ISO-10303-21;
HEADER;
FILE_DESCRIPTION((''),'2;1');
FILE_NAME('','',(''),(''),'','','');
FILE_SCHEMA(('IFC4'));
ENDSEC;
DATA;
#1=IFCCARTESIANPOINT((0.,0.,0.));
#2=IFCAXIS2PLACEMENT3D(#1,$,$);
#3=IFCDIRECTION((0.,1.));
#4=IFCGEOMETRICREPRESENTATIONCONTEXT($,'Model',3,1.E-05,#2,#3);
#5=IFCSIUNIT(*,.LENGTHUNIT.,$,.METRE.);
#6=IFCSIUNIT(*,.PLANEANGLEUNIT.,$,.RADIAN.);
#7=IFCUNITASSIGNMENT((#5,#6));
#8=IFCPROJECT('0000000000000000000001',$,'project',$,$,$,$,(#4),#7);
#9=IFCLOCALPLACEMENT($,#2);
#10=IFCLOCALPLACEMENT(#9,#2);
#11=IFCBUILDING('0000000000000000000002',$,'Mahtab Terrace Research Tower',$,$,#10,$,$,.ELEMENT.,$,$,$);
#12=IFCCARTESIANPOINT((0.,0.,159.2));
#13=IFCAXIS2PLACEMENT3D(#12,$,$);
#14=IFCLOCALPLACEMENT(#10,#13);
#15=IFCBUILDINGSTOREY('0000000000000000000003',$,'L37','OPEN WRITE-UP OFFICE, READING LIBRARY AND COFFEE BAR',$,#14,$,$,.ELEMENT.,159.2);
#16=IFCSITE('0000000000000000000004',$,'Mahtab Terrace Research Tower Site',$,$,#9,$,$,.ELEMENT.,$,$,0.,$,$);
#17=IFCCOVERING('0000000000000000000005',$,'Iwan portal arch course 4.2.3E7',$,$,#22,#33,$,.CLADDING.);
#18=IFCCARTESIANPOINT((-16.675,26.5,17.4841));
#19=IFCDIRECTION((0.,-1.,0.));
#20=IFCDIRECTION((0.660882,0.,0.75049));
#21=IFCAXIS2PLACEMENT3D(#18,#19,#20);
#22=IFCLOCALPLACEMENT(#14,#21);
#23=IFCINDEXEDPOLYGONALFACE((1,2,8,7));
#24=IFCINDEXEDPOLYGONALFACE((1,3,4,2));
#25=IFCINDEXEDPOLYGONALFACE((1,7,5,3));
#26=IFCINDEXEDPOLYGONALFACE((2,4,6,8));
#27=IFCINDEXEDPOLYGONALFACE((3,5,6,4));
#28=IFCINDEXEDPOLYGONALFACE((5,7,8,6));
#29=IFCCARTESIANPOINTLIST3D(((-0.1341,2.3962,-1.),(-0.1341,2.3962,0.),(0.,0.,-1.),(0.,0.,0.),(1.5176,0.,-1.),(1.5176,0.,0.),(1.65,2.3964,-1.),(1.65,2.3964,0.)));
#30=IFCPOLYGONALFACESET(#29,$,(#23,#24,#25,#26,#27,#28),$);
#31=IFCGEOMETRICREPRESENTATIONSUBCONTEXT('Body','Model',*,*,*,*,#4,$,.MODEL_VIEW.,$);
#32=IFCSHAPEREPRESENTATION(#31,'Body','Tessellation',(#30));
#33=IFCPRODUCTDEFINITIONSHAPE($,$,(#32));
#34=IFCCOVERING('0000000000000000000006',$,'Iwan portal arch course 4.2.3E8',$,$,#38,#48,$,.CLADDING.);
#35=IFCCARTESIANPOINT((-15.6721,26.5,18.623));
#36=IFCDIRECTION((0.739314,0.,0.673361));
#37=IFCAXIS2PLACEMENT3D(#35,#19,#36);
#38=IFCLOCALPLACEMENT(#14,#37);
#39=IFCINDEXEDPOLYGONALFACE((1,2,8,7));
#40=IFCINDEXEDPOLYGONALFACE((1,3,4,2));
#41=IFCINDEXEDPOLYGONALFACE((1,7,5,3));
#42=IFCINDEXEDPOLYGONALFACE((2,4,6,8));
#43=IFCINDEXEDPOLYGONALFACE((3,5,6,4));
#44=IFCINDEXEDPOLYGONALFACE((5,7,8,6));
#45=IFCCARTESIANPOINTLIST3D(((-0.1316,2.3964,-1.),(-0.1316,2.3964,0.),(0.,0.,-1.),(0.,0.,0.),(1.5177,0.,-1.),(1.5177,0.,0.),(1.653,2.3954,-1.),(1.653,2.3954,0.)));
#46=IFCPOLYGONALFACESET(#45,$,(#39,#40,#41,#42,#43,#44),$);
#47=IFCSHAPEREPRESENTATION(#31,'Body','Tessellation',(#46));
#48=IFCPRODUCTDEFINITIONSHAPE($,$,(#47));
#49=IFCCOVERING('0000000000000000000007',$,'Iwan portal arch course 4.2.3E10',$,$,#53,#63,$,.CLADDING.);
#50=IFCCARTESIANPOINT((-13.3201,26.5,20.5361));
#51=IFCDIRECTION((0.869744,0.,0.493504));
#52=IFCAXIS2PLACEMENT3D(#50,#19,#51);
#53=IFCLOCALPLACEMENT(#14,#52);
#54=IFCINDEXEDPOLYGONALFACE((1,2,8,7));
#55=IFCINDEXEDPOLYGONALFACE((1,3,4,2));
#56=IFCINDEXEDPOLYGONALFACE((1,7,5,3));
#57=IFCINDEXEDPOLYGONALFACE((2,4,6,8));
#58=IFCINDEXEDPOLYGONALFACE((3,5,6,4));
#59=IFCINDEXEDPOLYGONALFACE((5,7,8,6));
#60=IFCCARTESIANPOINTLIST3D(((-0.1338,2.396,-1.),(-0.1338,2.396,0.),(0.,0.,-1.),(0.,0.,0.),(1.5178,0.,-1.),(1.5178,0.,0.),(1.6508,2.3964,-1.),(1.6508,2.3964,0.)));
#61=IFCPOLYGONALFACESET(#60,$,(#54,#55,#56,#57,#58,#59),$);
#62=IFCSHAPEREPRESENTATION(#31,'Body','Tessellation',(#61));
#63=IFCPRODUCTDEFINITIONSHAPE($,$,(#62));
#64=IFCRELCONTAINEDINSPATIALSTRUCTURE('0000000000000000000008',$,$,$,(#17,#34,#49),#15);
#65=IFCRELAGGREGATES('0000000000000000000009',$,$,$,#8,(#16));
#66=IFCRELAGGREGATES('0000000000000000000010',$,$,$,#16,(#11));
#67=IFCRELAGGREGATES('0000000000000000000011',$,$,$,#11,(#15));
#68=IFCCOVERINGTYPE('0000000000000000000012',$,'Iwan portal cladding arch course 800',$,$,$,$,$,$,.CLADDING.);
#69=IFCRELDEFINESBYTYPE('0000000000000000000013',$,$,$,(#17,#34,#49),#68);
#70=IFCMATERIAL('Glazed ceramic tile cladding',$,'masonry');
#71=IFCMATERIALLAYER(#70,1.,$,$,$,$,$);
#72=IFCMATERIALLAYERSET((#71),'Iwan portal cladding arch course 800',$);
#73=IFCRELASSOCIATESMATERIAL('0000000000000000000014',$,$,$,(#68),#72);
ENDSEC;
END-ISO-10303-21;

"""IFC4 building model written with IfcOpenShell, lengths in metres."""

from ifc_helpers import new_model, si_unit, direction, frame, origin, place, context, subcontext, project, spatial, polyline, outline, extrude, material, layer, layer_set, type_object, element, save


model = new_model("IFC4")

# Units and contexts
model_context = context("Model", 3, precision=1e-05, world=origin(), true_north=direction((0.0, 1.0)))
body_context = subcontext(model_context, "Body", "Model", "MODEL_VIEW")
ifc_project = project(units=[si_unit("LENGTHUNIT", "METRE"), si_unit("PLANEANGLEUNIT", "RADIAN")], contexts=[model_context])

# Site, building, storey
site_placement = place(None, origin())
site = spatial("IfcSite", under=ifc_project, at=site_placement, Name="Mahtab Terrace Research Tower Site", CompositionType="ELEMENT", RefElevation=0.0)
building_placement = place(site_placement, origin())
building = spatial("IfcBuilding", under=site, at=building_placement, Name="Mahtab Terrace Research Tower", CompositionType="ELEMENT")
storey_placement = place(building_placement, frame((0.0, 0.0, 159.2)))
storey = spatial("IfcBuildingStorey", under=building, at=storey_placement, Name="L37", Description="OPEN WRITE-UP OFFICE, READING LIBRARY AND COFFEE BAR", CompositionType="ELEMENT", Elevation=159.2)

# Coverings
ifc_material = material(Name="Glazed ceramic tile cladding", Category="masonry")
ifc_layer = layer(ifc_material, 1.0)
ifc_layer_set = layer_set([ifc_layer], Name="Iwan portal cladding arch course 800")
covering_type = type_object("IfcCoveringType", Name="Iwan portal cladding arch course 800", PredefinedType="CLADDING", material=ifc_layer_set)
covering_1_placement = place(storey_placement, frame((-16.675, 26.5, 17.4841), z_axis=(0.0, -1.0, 0.0), x_axis=(0.660882, 0.0, 0.75049)))
element("IfcCovering", 1, at=covering_1_placement, inside=storey, type_object=covering_type, Name="Iwan portal arch course 4.2.3E7", PredefinedType="CLADDING", context=body_context, shape_type="SweptSolid", body=[
    extrude(outline(polyline([(0.0, 0.0), (1.5176, 0.0), (1.65, 2.3964), (-0.1341, 2.3962), (0.0, 0.0)])), origin(), (0.0, 0.0, -1.0), 1.0),
])
covering_2_placement = place(storey_placement, frame((-15.6721, 26.5, 18.623), z_axis=(0.0, -1.0, 0.0), x_axis=(0.739314, 0.0, 0.673361)))
element("IfcCovering", 2, at=covering_2_placement, inside=storey, type_object=covering_type, Name="Iwan portal arch course 4.2.3E8", PredefinedType="CLADDING", context=body_context, shape_type="SweptSolid", body=[
    extrude(outline(polyline([(0.0, 0.0), (1.5177, 0.0), (1.653, 2.3954), (-0.1316, 2.3964), (0.0, 0.0)])), origin(), (0.0, 0.0, -1.0), 1.0),
])
covering_3_placement = place(storey_placement, frame((-13.3201, 26.5, 20.5361), z_axis=(0.0, -1.0, 0.0), x_axis=(0.869744, 0.0, 0.493504)))
element("IfcCovering", 3, at=covering_3_placement, inside=storey, type_object=covering_type, Name="Iwan portal arch course 4.2.3E10", PredefinedType="CLADDING", context=body_context, shape_type="SweptSolid", body=[
    extrude(outline(polyline([(0.0, 0.0), (1.5178, 0.0), (1.6508, 2.3964), (-0.1338, 2.396), (0.0, 0.0)])), origin(), (0.0, 0.0, -1.0), 1.0),
])

save(model, "model.ifc")
